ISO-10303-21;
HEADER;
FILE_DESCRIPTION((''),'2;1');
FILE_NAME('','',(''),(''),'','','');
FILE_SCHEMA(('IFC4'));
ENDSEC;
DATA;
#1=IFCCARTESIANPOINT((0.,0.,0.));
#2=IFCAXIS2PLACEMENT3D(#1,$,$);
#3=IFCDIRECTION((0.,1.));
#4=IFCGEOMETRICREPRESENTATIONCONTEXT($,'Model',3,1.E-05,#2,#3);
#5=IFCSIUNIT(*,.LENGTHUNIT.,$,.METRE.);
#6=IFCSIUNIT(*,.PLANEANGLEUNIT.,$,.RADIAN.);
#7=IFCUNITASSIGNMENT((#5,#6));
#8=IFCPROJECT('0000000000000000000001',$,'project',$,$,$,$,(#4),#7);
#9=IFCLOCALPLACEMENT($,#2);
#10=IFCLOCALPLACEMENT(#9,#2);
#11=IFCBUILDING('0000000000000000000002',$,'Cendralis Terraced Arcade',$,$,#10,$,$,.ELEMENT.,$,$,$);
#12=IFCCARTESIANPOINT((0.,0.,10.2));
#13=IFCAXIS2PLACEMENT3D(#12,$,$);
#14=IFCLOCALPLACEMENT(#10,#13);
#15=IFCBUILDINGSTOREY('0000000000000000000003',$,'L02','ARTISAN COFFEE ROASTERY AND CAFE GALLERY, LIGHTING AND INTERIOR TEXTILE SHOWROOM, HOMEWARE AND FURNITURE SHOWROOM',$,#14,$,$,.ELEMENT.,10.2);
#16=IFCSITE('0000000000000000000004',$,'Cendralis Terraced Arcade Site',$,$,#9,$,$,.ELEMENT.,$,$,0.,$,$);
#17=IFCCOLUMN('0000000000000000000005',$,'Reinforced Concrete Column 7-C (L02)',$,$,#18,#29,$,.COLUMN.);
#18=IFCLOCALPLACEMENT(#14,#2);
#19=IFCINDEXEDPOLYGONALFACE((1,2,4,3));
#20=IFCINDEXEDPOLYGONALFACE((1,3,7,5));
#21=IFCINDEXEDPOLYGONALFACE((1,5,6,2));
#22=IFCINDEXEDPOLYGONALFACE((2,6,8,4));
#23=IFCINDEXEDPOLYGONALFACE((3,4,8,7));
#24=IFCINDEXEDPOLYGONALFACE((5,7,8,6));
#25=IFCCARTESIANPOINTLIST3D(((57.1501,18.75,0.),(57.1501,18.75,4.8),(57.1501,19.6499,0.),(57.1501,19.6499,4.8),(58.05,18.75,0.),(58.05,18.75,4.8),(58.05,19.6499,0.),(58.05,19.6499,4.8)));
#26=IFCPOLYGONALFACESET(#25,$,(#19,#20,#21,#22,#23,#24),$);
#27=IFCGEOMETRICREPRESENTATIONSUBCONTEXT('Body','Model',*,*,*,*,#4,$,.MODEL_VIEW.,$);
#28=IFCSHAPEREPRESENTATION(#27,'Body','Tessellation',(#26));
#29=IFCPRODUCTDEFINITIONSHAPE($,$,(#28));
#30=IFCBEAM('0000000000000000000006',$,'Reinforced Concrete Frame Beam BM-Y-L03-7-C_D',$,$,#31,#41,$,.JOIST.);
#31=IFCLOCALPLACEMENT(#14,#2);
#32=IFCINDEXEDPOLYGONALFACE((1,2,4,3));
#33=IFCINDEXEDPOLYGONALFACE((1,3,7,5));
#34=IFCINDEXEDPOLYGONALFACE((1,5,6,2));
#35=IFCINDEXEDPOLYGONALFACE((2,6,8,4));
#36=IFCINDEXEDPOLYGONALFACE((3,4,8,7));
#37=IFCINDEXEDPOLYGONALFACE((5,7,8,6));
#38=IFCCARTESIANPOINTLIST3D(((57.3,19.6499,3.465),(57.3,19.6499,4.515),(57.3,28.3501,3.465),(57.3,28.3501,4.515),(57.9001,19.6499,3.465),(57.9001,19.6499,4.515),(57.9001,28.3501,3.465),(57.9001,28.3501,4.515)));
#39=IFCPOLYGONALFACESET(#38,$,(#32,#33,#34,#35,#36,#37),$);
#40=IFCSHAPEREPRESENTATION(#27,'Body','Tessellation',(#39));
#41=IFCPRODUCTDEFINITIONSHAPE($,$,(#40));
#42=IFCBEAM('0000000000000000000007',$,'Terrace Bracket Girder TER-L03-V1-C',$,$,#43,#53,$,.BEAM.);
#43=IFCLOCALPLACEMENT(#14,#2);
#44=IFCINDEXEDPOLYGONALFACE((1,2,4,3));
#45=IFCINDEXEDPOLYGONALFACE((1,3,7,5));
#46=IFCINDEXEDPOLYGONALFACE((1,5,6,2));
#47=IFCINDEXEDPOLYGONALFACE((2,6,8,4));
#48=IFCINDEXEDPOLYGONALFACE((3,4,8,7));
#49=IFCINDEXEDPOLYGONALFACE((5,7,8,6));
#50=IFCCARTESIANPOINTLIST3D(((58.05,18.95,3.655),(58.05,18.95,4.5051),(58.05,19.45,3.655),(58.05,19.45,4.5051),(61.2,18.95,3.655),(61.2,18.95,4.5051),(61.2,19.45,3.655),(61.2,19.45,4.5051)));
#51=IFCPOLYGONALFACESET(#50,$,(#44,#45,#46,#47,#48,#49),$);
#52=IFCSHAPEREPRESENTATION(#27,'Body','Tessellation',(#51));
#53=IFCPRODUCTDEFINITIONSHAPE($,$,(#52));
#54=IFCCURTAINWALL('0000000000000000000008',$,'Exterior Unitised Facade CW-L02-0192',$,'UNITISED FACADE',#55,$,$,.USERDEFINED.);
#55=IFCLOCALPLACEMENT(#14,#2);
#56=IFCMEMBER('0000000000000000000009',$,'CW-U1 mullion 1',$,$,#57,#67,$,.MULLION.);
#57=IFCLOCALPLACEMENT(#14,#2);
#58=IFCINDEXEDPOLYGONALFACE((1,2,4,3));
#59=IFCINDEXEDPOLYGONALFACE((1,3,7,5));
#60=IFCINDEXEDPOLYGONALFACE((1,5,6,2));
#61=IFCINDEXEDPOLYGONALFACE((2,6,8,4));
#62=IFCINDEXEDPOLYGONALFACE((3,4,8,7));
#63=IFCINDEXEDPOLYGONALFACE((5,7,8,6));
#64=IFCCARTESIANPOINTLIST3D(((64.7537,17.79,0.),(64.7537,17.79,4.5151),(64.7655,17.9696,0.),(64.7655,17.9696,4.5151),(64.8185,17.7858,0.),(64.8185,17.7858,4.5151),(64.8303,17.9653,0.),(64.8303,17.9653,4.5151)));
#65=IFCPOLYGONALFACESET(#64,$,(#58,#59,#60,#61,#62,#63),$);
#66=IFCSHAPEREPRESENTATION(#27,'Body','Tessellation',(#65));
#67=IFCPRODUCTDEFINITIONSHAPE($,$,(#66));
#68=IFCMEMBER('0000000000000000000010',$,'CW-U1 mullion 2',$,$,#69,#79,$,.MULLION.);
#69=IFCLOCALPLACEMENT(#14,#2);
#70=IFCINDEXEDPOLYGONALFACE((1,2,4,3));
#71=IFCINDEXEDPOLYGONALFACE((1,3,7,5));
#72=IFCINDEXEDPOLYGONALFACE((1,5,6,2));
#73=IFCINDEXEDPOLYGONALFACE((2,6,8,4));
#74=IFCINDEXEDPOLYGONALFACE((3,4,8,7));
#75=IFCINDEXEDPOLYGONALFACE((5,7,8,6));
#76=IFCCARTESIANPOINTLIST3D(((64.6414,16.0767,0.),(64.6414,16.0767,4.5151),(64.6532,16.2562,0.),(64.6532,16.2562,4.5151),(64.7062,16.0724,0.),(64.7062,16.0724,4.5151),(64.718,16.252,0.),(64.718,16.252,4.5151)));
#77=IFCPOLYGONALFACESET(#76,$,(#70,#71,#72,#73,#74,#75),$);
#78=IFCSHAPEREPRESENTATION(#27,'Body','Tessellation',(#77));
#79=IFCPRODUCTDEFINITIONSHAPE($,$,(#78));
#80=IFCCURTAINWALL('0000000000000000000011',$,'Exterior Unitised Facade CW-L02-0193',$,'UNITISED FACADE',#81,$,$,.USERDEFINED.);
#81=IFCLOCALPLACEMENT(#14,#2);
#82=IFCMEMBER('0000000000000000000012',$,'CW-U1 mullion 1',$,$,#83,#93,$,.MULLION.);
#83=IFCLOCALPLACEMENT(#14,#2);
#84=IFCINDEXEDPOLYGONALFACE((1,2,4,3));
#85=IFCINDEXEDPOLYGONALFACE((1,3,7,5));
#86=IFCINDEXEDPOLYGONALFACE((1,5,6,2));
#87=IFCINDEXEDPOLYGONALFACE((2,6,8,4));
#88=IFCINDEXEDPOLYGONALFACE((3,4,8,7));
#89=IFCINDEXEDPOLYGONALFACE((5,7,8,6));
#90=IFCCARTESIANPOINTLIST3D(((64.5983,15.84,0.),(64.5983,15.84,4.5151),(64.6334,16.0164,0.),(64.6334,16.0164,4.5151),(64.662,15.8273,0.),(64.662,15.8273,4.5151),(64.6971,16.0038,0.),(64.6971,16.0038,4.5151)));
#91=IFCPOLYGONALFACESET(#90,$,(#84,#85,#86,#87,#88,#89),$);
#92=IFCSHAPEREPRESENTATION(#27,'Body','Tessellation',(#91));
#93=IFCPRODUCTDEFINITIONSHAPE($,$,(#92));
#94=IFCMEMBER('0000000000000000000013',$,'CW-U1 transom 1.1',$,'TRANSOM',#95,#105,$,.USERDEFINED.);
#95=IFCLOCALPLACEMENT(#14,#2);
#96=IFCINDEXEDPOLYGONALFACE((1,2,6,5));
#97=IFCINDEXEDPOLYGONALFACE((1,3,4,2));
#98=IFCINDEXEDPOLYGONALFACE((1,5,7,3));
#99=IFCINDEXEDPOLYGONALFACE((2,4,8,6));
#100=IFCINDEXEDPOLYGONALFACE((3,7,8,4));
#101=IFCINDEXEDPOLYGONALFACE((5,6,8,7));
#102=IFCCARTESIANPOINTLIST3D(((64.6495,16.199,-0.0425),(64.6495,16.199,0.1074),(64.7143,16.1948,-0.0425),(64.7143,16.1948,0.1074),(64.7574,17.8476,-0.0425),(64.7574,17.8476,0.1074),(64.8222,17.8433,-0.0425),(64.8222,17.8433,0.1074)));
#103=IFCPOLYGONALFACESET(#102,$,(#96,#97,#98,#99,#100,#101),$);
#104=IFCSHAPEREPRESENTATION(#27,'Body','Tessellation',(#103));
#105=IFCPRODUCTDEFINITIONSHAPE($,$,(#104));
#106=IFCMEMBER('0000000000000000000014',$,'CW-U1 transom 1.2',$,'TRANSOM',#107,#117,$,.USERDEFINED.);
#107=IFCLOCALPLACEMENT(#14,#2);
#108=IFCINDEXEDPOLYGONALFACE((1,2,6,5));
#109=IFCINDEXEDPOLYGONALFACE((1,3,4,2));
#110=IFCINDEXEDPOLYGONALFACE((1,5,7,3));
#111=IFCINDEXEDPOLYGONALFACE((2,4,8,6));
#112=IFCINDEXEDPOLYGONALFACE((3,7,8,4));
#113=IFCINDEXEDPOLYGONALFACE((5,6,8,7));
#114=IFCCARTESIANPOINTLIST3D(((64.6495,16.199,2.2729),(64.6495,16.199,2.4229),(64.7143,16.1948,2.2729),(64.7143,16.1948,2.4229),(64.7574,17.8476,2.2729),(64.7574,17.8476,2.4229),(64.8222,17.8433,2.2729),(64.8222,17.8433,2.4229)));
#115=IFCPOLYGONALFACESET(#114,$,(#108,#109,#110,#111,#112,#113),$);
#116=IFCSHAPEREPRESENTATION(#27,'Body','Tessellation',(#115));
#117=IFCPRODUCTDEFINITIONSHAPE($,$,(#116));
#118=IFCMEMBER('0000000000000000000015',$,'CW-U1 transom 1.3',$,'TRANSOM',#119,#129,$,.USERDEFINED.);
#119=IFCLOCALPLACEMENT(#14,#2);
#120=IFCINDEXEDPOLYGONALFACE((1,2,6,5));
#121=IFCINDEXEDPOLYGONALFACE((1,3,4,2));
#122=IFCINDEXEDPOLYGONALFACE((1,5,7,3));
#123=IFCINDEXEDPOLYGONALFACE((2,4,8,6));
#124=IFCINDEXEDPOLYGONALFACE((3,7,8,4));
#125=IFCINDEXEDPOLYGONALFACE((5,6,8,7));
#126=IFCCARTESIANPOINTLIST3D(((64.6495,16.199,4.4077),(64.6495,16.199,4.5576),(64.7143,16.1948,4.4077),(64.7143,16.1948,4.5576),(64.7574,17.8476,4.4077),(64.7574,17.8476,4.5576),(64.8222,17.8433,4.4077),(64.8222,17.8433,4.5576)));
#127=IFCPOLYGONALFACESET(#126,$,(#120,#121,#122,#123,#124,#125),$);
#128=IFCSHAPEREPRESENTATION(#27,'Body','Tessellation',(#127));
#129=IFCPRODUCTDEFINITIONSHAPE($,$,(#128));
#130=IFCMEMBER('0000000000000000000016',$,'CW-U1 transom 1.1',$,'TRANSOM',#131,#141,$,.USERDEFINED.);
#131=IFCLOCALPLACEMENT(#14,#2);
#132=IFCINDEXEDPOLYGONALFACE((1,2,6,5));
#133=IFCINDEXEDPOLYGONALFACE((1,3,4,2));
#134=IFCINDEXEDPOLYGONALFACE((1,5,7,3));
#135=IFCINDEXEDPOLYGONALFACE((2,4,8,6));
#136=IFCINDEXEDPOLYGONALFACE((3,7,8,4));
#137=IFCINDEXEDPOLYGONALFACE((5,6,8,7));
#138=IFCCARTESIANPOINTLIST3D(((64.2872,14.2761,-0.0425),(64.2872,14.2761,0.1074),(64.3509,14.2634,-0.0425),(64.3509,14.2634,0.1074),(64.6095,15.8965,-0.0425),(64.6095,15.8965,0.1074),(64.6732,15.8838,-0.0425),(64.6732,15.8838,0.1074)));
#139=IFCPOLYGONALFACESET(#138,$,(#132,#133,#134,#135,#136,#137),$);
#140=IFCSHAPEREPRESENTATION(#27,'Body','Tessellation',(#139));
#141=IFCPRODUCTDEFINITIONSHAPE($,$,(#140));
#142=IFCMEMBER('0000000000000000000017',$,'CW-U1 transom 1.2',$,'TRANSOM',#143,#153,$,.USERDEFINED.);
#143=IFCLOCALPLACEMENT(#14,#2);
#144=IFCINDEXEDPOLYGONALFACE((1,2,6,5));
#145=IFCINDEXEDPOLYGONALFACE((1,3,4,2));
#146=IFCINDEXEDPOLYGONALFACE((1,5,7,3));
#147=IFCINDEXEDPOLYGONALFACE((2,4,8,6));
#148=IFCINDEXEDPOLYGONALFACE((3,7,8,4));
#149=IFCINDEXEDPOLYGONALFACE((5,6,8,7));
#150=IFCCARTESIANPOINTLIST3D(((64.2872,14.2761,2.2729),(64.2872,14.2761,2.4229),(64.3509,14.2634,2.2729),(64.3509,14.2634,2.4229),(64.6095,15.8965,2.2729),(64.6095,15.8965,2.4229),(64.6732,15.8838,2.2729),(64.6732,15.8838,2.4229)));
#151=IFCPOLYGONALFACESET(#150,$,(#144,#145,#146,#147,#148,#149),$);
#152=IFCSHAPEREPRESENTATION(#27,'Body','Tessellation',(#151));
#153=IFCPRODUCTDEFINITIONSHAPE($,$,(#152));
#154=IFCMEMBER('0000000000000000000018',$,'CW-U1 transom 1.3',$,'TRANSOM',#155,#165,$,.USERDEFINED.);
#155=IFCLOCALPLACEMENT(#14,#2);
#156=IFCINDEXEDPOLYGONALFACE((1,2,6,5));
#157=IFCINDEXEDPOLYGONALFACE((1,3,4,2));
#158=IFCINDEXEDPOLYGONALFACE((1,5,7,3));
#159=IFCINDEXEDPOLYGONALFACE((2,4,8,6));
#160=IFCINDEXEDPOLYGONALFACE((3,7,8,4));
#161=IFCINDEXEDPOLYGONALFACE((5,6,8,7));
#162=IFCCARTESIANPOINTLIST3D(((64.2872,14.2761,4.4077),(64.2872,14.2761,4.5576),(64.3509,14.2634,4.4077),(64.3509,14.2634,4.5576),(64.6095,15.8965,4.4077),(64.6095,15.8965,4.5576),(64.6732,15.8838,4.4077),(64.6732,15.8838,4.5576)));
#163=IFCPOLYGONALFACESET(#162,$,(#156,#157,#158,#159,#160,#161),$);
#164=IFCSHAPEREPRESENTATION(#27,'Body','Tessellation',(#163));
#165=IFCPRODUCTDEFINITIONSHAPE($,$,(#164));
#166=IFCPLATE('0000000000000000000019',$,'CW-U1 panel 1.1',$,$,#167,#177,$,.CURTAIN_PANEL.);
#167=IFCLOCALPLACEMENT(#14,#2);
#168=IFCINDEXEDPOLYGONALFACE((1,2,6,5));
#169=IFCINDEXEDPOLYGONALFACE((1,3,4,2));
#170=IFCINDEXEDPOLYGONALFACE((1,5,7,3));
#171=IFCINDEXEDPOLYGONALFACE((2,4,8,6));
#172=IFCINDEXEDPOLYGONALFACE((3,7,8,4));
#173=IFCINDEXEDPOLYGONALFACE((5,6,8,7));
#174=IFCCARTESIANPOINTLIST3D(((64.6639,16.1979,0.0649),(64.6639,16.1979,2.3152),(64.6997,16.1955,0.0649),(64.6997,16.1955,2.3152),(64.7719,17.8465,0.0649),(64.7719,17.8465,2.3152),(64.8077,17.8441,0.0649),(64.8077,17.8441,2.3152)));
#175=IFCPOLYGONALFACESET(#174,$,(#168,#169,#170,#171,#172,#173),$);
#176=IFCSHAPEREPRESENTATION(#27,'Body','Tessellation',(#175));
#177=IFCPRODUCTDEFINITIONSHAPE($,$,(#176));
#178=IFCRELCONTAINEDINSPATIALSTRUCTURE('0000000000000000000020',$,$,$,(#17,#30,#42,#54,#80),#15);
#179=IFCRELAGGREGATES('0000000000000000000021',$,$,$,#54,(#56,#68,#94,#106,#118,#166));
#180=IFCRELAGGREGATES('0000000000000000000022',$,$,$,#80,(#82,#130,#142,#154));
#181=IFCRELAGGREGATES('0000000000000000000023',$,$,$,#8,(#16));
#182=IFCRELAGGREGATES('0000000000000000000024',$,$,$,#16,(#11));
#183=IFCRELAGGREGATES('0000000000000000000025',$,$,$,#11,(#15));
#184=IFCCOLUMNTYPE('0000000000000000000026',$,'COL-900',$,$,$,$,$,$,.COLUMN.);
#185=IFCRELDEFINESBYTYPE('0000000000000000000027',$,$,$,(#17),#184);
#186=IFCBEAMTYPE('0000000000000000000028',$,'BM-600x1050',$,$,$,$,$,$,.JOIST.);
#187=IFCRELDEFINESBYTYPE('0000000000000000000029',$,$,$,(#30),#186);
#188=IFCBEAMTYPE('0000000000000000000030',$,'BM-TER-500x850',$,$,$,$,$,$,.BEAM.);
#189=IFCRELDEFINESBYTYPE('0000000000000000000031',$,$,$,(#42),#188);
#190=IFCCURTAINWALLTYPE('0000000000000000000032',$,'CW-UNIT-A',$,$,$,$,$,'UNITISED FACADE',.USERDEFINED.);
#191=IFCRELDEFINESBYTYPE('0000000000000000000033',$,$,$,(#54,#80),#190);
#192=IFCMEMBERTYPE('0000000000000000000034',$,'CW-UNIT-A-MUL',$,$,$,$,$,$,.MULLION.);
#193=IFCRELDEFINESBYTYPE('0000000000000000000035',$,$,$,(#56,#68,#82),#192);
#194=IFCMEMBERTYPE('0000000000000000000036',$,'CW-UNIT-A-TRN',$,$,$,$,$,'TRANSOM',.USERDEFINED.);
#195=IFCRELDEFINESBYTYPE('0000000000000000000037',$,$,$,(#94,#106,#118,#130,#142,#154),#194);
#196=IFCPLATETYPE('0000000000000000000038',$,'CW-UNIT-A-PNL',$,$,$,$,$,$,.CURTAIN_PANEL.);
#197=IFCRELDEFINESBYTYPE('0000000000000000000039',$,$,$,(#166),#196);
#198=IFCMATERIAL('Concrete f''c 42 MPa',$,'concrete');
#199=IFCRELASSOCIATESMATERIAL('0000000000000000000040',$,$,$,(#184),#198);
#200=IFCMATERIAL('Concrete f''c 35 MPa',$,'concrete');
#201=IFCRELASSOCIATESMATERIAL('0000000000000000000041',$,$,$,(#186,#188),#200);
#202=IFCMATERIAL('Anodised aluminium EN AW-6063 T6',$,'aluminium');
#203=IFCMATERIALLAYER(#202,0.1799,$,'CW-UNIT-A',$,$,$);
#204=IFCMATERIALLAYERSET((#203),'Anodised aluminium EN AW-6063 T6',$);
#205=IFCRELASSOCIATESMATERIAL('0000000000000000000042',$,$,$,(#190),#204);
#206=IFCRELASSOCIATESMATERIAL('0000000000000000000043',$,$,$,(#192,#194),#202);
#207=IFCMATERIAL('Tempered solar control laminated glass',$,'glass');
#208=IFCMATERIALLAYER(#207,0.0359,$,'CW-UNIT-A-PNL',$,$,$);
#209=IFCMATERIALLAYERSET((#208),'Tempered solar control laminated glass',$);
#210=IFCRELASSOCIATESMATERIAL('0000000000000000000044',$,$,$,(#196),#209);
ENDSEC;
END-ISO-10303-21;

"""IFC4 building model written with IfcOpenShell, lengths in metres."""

from ifc_helpers import new_model, si_unit, direction, frame, origin, origin_2d, place, context, subcontext, project, spatial, rectangle, extrude, material, layer, layer_set, material_profile, profile_set, type_object, element, aggregate, save


model = new_model("IFC4")

# Units and contexts
model_context = context("Model", 3, precision=1e-05, world=origin(), true_north=direction((0.0, 1.0)))
body_context = subcontext(model_context, "Body", "Model", "MODEL_VIEW")
ifc_project = project(units=[si_unit("LENGTHUNIT", "METRE"), si_unit("PLANEANGLEUNIT", "RADIAN")], contexts=[model_context])

# Site, building, storey
site_placement = place(None, origin())
site = spatial("IfcSite", under=ifc_project, at=site_placement, Name="Cendralis Terraced Arcade Site", CompositionType="ELEMENT", RefElevation=0.0)
building_placement = place(site_placement, origin())
building = spatial("IfcBuilding", under=site, at=building_placement, Name="Cendralis Terraced Arcade", CompositionType="ELEMENT")
storey_placement = place(building_placement, frame((0.0, 0.0, 10.2)))
storey = spatial("IfcBuildingStorey", under=building, at=storey_placement, Name="L02", Description="ARTISAN COFFEE ROASTERY AND CAFE GALLERY, LIGHTING AND INTERIOR TEXTILE SHOWROOM, HOMEWARE AND FURNITURE SHOWROOM", CompositionType="ELEMENT", Elevation=10.2)

# Column
ifc_material_1 = material(Name="Concrete f'c 42 MPa", Category="concrete")
ifc_material_profile_1 = material_profile(ifc_material_1, rectangle(XDim=0.8999, YDim=0.8999, at=origin_2d()), Name="RC-COL-900x900", Category="LoadBearing")
ifc_profile_set_1 = profile_set([ifc_material_profile_1], Name="Concrete f'c 42 MPa")
column_type = type_object("IfcColumnType", Name="COL-900", PredefinedType="COLUMN", material=ifc_profile_set_1)
column_placement = place(storey_placement, frame((57.6001, 19.2, 0.0), z_axis=(0.0, 0.0, 1.0), x_axis=(1.0, 0.0, 0.0)))
element("IfcColumn", 1, at=column_placement, inside=storey, type_object=column_type, Name="Reinforced Concrete Column 7-C (L02)", PredefinedType="COLUMN", context=body_context, shape_type="SweptSolid", body=[
    extrude(rectangle(XDim=0.8999, YDim=0.8999, at=origin_2d()), origin(), (0.0, 0.0, 1.0), 4.8),
])

# Beams
ifc_material_2 = material(Name="Concrete f'c 35 MPa", Category="concrete")
ifc_material_profile_2 = material_profile(ifc_material_2, rectangle(XDim=0.6001, YDim=1.05, at=origin_2d()), Name="RC-BM-600x1050", Category="LoadBearing")
ifc_profile_set_2 = profile_set([ifc_material_profile_2], Name="Concrete f'c 35 MPa")
beam_type_1 = type_object("IfcBeamType", Name="BM-600x1050", PredefinedType="JOIST", material=ifc_profile_set_2)
beam_1_placement = place(storey_placement, frame((57.6001, 19.6499, 3.99), z_axis=(0.0, 1.0, 0.0), x_axis=(-1.0, 0.0, 0.0)))
element("IfcBeam", 2, at=beam_1_placement, inside=storey, type_object=beam_type_1, Name="Reinforced Concrete Frame Beam BM-Y-L03-7-C_D", PredefinedType="JOIST", context=body_context, shape_type="SweptSolid", body=[
    extrude(rectangle(XDim=0.6001, YDim=1.05, at=origin_2d()), origin(), (0.0, 0.0, 1.0), 8.7002),
])
ifc_material_profile_3 = material_profile(ifc_material_2, rectangle(XDim=0.5, YDim=0.8501, at=origin_2d()), Name="RC-BM-500x850", Category="LoadBearing")
ifc_profile_set_3 = profile_set([ifc_material_profile_3], Name="Concrete f'c 35 MPa")
beam_type_2 = type_object("IfcBeamType", Name="BM-TER-500x850", PredefinedType="BEAM", material=ifc_profile_set_3)
beam_2_placement = place(storey_placement, frame((58.05, 19.2, 4.0801), z_axis=(1.0, 0.0, 0.0), x_axis=(0.0, 1.0, 0.0)))
element("IfcBeam", 3, at=beam_2_placement, inside=storey, type_object=beam_type_2, Name="Terrace Bracket Girder TER-L03-V1-C", PredefinedType="BEAM", context=body_context, shape_type="SweptSolid", body=[
    extrude(rectangle(XDim=0.5, YDim=0.8501, at=origin_2d()), origin(), (0.0, 0.0, 1.0), 3.1499),
])

# Curtain wall, members
ifc_material_3 = material(Name="Anodised aluminium EN AW-6063 T6", Category="aluminium")
ifc_layer_1 = layer(ifc_material_3, 0.1799, Name="CW-UNIT-A")
ifc_layer_set_1 = layer_set([ifc_layer_1], Name="Anodised aluminium EN AW-6063 T6")
curtain_wall_type = type_object("IfcCurtainWallType", Name="CW-UNIT-A", ElementType="UNITISED FACADE", PredefinedType="USERDEFINED", material=ifc_layer_set_1)
curtain_wall_1_placement = place(storey_placement, origin())
curtain_wall_1 = element("IfcCurtainWall", 4, at=curtain_wall_1_placement, inside=storey, type_object=curtain_wall_type, Name="Exterior Unitised Facade CW-L02-0192", ObjectType="UNITISED FACADE", PredefinedType="USERDEFINED")
ifc_material_profile_4 = material_profile(ifc_material_3, rectangle(XDim=0.0649, YDim=0.1799, at=origin_2d()), Name="ALU-MUL-65x180")
ifc_profile_set_4 = profile_set([ifc_material_profile_4], Name="Anodised aluminium EN AW-6063 T6")
member_type_1 = type_object("IfcMemberType", Name="CW-UNIT-A-MUL", PredefinedType="MULLION", material=ifc_profile_set_4)
member_1_placement = place(storey_placement, frame((64.792, 17.8777, 0.0), z_axis=(0.0, 0.0, 1.0), x_axis=(0.997861, -0.065372, 0.0)))
member_1 = element("IfcMember", 5, at=member_1_placement, type_object=member_type_1, Name="CW-U1 mullion 1", PredefinedType="MULLION", context=body_context, shape_type="SweptSolid", body=[
    extrude(rectangle(XDim=0.0649, YDim=0.1799, at=origin_2d()), origin(), (0.0, 0.0, 1.0), 4.5151),
])
member_2_placement = place(storey_placement, frame((64.6797, 16.1643, 0.0), z_axis=(0.0, 0.0, 1.0), x_axis=(0.997861, -0.065372, 0.0)))
member_2 = element("IfcMember", 6, at=member_2_placement, type_object=member_type_1, Name="CW-U1 mullion 2", PredefinedType="MULLION", context=body_context, shape_type="SweptSolid", body=[
    extrude(rectangle(XDim=0.0649, YDim=0.1799, at=origin_2d()), origin(), (0.0, 0.0, 1.0), 4.5151),
])

# Curtain wall, member
curtain_wall_2_placement = place(storey_placement, origin())
curtain_wall_2 = element("IfcCurtainWall", 7, at=curtain_wall_2_placement, inside=storey, type_object=curtain_wall_type, Name="Exterior Unitised Facade CW-L02-0193", ObjectType="UNITISED FACADE", PredefinedType="USERDEFINED")
member_3_placement = place(storey_placement, frame((64.6477, 15.9219, 0.0), z_axis=(0.0, 0.0, 1.0), x_axis=(0.980792, -0.195058, 0.0)))
member_3 = element("IfcMember", 8, at=member_3_placement, type_object=member_type_1, Name="CW-U1 mullion 1", PredefinedType="MULLION", context=body_context, shape_type="SweptSolid", body=[
    extrude(rectangle(XDim=0.0649, YDim=0.1799, at=origin_2d()), origin(), (0.0, 0.0, 1.0), 4.5151),
])

# Members
ifc_material_profile_5 = material_profile(ifc_material_3, rectangle(XDim=0.0649, YDim=0.1499, at=origin_2d()), Name="ALU-TRN-65x150")
ifc_profile_set_5 = profile_set([ifc_material_profile_5], Name="Anodised aluminium EN AW-6063 T6")
member_type_2 = type_object("IfcMemberType", Name="CW-UNIT-A-TRN", ElementType="TRANSOM", PredefinedType="USERDEFINED", material=ifc_profile_set_5)
member_4_placement = place(storey_placement, frame((64.7898, 17.8455, 0.0325), z_axis=(-0.065313, -0.997865, 0.0), x_axis=(0.997865, -0.065313, 0.0)))
member_4 = element("IfcMember", 9, at=member_4_placement, type_object=member_type_2, Name="CW-U1 transom 1.1", ObjectType="TRANSOM", PredefinedType="USERDEFINED", context=body_context, shape_type="SweptSolid", body=[
    extrude(rectangle(XDim=0.0649, YDim=0.1499, at=origin_2d()), origin(), (0.0, 0.0, 1.0), 1.6521),
])
member_5_placement = place(storey_placement, frame((64.7898, 17.8455, 2.3479), z_axis=(-0.065313, -0.997865, 0.0), x_axis=(0.997865, -0.065313, 0.0)))
member_5 = element("IfcMember", 10, at=member_5_placement, type_object=member_type_2, Name="CW-U1 transom 1.2", ObjectType="TRANSOM", PredefinedType="USERDEFINED", context=body_context, shape_type="SweptSolid", body=[
    extrude(rectangle(XDim=0.0649, YDim=0.1499, at=origin_2d()), origin(), (0.0, 0.0, 1.0), 1.6521),
])
member_6_placement = place(storey_placement, frame((64.7898, 17.8455, 4.4827), z_axis=(-0.065313, -0.997865, 0.0), x_axis=(0.997865, -0.065313, 0.0)))
member_6 = element("IfcMember", 11, at=member_6_placement, type_object=member_type_2, Name="CW-U1 transom 1.3", ObjectType="TRANSOM", PredefinedType="USERDEFINED", context=body_context, shape_type="SweptSolid", body=[
    extrude(rectangle(XDim=0.0649, YDim=0.1499, at=origin_2d()), origin(), (0.0, 0.0, 1.0), 1.6521),
])
member_7_placement = place(storey_placement, frame((64.6414, 15.8901, 0.0325), z_axis=(-0.195065, -0.98079, 0.0), x_axis=(0.98079, -0.195065, 0.0)))
member_7 = element("IfcMember", 12, at=member_7_placement, type_object=member_type_2, Name="CW-U1 transom 1.1", ObjectType="TRANSOM", PredefinedType="USERDEFINED", context=body_context, shape_type="SweptSolid", body=[
    extrude(rectangle(XDim=0.0649, YDim=0.1499, at=origin_2d()), origin(), (0.0, 0.0, 1.0), 1.6521),
])
member_8_placement = place(storey_placement, frame((64.6414, 15.8901, 2.3479), z_axis=(-0.195065, -0.98079, 0.0), x_axis=(0.98079, -0.195065, 0.0)))
member_8 = element("IfcMember", 13, at=member_8_placement, type_object=member_type_2, Name="CW-U1 transom 1.2", ObjectType="TRANSOM", PredefinedType="USERDEFINED", context=body_context, shape_type="SweptSolid", body=[
    extrude(rectangle(XDim=0.0649, YDim=0.1499, at=origin_2d()), origin(), (0.0, 0.0, 1.0), 1.6521),
])
member_9_placement = place(storey_placement, frame((64.6414, 15.8901, 4.4827), z_axis=(-0.195065, -0.98079, 0.0), x_axis=(0.98079, -0.195065, 0.0)))
member_9 = element("IfcMember", 14, at=member_9_placement, type_object=member_type_2, Name="CW-U1 transom 1.3", ObjectType="TRANSOM", PredefinedType="USERDEFINED", context=body_context, shape_type="SweptSolid", body=[
    extrude(rectangle(XDim=0.0649, YDim=0.1499, at=origin_2d()), origin(), (0.0, 0.0, 1.0), 1.6521),
])

# Plate
ifc_material_4 = material(Name="Tempered solar control laminated glass", Category="glass")
ifc_layer_2 = layer(ifc_material_4, 0.0359, Name="CW-UNIT-A-PNL")
ifc_layer_set_2 = layer_set([ifc_layer_2], Name="Tempered solar control laminated glass")
plate_type = type_object("IfcPlateType", Name="CW-UNIT-A-PNL", PredefinedType="CURTAIN_PANEL", material=ifc_layer_set_2)
plate_1_placement = place(storey_placement, frame((64.7358, 17.021, 0.0649), z_axis=(0.0, 0.0, 1.0), x_axis=(-0.065372, -0.997861, 0.0)))
plate_1 = element("IfcPlate", 15, at=plate_1_placement, type_object=plate_type, Name="CW-U1 panel 1.1", PredefinedType="CURTAIN_PANEL", context=body_context, shape_type="SweptSolid", body=[
    extrude(rectangle(XDim=1.6521, YDim=0.0359, at=origin_2d()), origin(), (0.0, 0.0, 1.0), 2.2502),
])
aggregate(curtain_wall_1, [member_1, member_2, member_4, member_5, member_6, plate_1])
aggregate(curtain_wall_2, [member_3, member_7, member_8, member_9])

save(model, "model.ifc")
